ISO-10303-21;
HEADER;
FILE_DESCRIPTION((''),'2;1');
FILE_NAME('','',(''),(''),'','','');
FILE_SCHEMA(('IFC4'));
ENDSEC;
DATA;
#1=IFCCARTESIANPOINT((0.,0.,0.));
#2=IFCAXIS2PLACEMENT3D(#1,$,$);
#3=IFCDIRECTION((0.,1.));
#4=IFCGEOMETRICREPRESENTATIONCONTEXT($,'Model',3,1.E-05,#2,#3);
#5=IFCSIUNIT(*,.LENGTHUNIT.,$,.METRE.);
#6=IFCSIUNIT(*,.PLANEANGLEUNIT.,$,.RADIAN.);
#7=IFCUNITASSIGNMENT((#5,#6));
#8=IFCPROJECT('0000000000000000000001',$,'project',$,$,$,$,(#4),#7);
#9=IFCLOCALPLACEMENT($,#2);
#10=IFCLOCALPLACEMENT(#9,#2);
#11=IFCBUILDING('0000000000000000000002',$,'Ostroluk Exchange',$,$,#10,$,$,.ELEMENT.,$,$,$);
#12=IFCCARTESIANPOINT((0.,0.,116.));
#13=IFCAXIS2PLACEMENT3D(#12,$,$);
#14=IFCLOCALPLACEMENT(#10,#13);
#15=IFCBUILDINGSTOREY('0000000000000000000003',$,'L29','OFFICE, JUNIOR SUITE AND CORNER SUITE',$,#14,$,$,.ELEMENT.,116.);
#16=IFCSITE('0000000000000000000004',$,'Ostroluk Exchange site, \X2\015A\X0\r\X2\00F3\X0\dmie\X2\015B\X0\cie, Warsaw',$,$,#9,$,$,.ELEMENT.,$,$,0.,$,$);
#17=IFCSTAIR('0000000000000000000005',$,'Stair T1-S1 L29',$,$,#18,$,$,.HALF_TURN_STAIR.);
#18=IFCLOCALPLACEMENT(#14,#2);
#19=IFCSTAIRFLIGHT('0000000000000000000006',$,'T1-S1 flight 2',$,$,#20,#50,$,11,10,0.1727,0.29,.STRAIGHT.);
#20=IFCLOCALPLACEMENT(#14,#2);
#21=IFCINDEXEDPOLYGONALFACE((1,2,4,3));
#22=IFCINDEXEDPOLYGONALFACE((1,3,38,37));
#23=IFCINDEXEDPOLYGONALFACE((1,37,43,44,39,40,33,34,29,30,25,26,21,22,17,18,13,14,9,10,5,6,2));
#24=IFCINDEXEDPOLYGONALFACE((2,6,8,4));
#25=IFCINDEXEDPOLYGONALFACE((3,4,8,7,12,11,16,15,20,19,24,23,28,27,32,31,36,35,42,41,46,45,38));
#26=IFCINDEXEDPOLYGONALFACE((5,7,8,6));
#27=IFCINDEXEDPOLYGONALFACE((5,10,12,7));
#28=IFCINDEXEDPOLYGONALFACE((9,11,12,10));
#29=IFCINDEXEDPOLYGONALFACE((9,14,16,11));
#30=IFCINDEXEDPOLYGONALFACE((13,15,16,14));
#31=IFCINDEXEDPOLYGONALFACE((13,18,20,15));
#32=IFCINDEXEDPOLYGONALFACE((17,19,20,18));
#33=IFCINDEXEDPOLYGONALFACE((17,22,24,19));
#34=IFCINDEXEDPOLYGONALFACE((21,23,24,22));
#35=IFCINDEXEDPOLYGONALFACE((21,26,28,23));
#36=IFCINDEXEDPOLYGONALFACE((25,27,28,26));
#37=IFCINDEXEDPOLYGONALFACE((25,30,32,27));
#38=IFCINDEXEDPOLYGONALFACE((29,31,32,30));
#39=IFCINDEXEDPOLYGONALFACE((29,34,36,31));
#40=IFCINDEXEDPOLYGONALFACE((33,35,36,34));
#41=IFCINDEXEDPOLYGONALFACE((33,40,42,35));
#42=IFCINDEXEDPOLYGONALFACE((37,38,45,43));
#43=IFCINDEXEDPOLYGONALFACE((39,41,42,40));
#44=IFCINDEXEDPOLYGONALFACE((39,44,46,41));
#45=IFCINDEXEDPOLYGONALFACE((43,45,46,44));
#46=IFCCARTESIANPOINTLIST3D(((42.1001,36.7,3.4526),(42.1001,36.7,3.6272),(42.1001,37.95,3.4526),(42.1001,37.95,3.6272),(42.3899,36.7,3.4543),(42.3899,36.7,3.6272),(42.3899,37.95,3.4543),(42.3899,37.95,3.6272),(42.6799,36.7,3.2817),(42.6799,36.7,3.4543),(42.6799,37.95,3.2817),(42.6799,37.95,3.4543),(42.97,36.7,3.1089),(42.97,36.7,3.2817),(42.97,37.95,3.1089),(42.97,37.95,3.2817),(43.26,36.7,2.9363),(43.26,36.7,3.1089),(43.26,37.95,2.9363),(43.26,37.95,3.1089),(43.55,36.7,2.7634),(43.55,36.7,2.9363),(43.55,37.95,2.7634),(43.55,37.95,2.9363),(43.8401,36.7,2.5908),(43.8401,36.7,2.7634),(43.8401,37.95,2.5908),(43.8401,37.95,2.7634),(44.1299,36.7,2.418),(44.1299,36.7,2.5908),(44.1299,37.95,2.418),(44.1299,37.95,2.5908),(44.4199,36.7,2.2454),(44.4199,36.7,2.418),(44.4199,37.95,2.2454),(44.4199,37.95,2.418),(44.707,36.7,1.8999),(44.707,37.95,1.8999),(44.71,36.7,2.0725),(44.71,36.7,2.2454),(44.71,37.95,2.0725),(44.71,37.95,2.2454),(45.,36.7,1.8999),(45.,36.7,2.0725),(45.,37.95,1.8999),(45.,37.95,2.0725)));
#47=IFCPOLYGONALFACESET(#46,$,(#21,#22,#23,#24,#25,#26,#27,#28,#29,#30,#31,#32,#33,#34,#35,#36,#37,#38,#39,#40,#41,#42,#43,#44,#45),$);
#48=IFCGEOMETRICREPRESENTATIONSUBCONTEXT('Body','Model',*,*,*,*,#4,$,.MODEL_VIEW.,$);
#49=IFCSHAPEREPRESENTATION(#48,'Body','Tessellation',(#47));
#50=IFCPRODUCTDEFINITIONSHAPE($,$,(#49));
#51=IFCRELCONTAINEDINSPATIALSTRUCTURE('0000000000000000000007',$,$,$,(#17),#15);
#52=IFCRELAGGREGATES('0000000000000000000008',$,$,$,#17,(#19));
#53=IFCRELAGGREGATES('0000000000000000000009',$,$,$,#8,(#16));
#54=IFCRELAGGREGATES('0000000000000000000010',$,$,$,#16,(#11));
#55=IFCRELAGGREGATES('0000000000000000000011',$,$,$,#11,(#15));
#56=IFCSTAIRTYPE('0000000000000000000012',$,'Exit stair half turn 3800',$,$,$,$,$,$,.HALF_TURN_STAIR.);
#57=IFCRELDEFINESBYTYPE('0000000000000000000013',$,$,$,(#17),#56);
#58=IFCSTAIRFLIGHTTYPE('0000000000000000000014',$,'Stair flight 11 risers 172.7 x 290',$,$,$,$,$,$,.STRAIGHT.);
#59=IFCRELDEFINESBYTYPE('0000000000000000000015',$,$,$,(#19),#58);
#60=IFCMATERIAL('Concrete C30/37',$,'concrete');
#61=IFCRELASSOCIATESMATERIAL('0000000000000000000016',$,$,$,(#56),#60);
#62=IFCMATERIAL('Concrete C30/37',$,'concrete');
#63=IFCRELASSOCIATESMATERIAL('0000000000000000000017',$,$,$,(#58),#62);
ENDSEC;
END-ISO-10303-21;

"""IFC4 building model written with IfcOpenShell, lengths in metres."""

from ifc_helpers import new_model, si_unit, direction, frame, origin, place, context, subcontext, project, spatial, polyline, outline, extrude, material, type_object, element, aggregate, save


model = new_model("IFC4")

# Units and contexts
model_context = context("Model", 3, precision=1e-05, world=origin(), true_north=direction((0.0, 1.0)))
body_context = subcontext(model_context, "Body", "Model", "MODEL_VIEW")
ifc_project = project(units=[si_unit("LENGTHUNIT", "METRE"), si_unit("PLANEANGLEUNIT", "RADIAN")], contexts=[model_context])

# Site, building, storey
site_placement = place(None, origin())
site = spatial("IfcSite", under=ifc_project, at=site_placement, Name="Ostroluk Exchange site, Śródmieście, Warsaw", CompositionType="ELEMENT", RefElevation=0.0)
building_placement = place(site_placement, origin())
building = spatial("IfcBuilding", under=site, at=building_placement, Name="Ostroluk Exchange", CompositionType="ELEMENT")
storey_placement = place(building_placement, frame((0.0, 0.0, 116.0)))
storey = spatial("IfcBuildingStorey", under=building, at=storey_placement, Name="L29", Description="OFFICE, JUNIOR SUITE AND CORNER SUITE", CompositionType="ELEMENT", Elevation=116.0)

# Stair, stair flight
ifc_material_1 = material(Name="Concrete C30/37", Category="concrete")
stair_type = type_object("IfcStairType", Name="Exit stair half turn 3800", PredefinedType="HALF_TURN_STAIR", material=ifc_material_1)
stair_placement = place(storey_placement, origin())
stair = element("IfcStair", 1, at=stair_placement, inside=storey, type_object=stair_type, Name="Stair T1-S1 L29", PredefinedType="HALF_TURN_STAIR")
ifc_material_2 = material(Name="Concrete C30/37", Category="concrete")
stair_flight_type = type_object("IfcStairFlightType", Name="Stair flight 11 risers 172.7 x 290", PredefinedType="STRAIGHT", material=ifc_material_2)
stair_flight_1_placement = place(storey_placement, frame((45.0, 37.325, 1.8999), z_axis=(0.0, 0.0, 1.0), x_axis=(-1.0, 0.0, 0.0)))
stair_flight_1 = element("IfcStairFlight", 2, at=stair_flight_1_placement, type_object=stair_flight_type, Name="T1-S1 flight 2", NumberOfRisers=11, NumberOfTreads=10, PredefinedType="STRAIGHT", RiserHeight=0.1727, TreadLength=0.29, context=body_context, shape_type="SweptSolid", body=[
    extrude(outline(polyline([(0.0, 0.0), (0.0, 0.1726), (0.29, 0.1726), (0.29, 0.3455), (0.5801, 0.3455), (0.5801, 0.5181), (0.8701, 0.5181), (0.8701, 0.6909), (1.1599, 0.6909), (1.1599, 0.8635), (1.45, 0.8635), (1.45, 1.0364), (1.74, 1.0364), (1.74, 1.209), (2.03, 1.209), (2.03, 1.3818), (2.3201, 1.3818), (2.3201, 1.5544), (2.6101, 1.5544), (2.6101, 1.7273), (2.8999, 1.7273), (2.8999, 1.8999), (2.8999, 1.5527), (0.293, 0.0), (0.0, 0.0)])), frame((0.0, 0.625, 0.0), z_axis=(0.0, -1.0, 0.0), x_axis=(1.0, 0.0, 0.0)), (0.0, 0.0, 1.0), 1.25),
])
aggregate(stair, [stair_flight_1])

save(model, "model.ifc")
